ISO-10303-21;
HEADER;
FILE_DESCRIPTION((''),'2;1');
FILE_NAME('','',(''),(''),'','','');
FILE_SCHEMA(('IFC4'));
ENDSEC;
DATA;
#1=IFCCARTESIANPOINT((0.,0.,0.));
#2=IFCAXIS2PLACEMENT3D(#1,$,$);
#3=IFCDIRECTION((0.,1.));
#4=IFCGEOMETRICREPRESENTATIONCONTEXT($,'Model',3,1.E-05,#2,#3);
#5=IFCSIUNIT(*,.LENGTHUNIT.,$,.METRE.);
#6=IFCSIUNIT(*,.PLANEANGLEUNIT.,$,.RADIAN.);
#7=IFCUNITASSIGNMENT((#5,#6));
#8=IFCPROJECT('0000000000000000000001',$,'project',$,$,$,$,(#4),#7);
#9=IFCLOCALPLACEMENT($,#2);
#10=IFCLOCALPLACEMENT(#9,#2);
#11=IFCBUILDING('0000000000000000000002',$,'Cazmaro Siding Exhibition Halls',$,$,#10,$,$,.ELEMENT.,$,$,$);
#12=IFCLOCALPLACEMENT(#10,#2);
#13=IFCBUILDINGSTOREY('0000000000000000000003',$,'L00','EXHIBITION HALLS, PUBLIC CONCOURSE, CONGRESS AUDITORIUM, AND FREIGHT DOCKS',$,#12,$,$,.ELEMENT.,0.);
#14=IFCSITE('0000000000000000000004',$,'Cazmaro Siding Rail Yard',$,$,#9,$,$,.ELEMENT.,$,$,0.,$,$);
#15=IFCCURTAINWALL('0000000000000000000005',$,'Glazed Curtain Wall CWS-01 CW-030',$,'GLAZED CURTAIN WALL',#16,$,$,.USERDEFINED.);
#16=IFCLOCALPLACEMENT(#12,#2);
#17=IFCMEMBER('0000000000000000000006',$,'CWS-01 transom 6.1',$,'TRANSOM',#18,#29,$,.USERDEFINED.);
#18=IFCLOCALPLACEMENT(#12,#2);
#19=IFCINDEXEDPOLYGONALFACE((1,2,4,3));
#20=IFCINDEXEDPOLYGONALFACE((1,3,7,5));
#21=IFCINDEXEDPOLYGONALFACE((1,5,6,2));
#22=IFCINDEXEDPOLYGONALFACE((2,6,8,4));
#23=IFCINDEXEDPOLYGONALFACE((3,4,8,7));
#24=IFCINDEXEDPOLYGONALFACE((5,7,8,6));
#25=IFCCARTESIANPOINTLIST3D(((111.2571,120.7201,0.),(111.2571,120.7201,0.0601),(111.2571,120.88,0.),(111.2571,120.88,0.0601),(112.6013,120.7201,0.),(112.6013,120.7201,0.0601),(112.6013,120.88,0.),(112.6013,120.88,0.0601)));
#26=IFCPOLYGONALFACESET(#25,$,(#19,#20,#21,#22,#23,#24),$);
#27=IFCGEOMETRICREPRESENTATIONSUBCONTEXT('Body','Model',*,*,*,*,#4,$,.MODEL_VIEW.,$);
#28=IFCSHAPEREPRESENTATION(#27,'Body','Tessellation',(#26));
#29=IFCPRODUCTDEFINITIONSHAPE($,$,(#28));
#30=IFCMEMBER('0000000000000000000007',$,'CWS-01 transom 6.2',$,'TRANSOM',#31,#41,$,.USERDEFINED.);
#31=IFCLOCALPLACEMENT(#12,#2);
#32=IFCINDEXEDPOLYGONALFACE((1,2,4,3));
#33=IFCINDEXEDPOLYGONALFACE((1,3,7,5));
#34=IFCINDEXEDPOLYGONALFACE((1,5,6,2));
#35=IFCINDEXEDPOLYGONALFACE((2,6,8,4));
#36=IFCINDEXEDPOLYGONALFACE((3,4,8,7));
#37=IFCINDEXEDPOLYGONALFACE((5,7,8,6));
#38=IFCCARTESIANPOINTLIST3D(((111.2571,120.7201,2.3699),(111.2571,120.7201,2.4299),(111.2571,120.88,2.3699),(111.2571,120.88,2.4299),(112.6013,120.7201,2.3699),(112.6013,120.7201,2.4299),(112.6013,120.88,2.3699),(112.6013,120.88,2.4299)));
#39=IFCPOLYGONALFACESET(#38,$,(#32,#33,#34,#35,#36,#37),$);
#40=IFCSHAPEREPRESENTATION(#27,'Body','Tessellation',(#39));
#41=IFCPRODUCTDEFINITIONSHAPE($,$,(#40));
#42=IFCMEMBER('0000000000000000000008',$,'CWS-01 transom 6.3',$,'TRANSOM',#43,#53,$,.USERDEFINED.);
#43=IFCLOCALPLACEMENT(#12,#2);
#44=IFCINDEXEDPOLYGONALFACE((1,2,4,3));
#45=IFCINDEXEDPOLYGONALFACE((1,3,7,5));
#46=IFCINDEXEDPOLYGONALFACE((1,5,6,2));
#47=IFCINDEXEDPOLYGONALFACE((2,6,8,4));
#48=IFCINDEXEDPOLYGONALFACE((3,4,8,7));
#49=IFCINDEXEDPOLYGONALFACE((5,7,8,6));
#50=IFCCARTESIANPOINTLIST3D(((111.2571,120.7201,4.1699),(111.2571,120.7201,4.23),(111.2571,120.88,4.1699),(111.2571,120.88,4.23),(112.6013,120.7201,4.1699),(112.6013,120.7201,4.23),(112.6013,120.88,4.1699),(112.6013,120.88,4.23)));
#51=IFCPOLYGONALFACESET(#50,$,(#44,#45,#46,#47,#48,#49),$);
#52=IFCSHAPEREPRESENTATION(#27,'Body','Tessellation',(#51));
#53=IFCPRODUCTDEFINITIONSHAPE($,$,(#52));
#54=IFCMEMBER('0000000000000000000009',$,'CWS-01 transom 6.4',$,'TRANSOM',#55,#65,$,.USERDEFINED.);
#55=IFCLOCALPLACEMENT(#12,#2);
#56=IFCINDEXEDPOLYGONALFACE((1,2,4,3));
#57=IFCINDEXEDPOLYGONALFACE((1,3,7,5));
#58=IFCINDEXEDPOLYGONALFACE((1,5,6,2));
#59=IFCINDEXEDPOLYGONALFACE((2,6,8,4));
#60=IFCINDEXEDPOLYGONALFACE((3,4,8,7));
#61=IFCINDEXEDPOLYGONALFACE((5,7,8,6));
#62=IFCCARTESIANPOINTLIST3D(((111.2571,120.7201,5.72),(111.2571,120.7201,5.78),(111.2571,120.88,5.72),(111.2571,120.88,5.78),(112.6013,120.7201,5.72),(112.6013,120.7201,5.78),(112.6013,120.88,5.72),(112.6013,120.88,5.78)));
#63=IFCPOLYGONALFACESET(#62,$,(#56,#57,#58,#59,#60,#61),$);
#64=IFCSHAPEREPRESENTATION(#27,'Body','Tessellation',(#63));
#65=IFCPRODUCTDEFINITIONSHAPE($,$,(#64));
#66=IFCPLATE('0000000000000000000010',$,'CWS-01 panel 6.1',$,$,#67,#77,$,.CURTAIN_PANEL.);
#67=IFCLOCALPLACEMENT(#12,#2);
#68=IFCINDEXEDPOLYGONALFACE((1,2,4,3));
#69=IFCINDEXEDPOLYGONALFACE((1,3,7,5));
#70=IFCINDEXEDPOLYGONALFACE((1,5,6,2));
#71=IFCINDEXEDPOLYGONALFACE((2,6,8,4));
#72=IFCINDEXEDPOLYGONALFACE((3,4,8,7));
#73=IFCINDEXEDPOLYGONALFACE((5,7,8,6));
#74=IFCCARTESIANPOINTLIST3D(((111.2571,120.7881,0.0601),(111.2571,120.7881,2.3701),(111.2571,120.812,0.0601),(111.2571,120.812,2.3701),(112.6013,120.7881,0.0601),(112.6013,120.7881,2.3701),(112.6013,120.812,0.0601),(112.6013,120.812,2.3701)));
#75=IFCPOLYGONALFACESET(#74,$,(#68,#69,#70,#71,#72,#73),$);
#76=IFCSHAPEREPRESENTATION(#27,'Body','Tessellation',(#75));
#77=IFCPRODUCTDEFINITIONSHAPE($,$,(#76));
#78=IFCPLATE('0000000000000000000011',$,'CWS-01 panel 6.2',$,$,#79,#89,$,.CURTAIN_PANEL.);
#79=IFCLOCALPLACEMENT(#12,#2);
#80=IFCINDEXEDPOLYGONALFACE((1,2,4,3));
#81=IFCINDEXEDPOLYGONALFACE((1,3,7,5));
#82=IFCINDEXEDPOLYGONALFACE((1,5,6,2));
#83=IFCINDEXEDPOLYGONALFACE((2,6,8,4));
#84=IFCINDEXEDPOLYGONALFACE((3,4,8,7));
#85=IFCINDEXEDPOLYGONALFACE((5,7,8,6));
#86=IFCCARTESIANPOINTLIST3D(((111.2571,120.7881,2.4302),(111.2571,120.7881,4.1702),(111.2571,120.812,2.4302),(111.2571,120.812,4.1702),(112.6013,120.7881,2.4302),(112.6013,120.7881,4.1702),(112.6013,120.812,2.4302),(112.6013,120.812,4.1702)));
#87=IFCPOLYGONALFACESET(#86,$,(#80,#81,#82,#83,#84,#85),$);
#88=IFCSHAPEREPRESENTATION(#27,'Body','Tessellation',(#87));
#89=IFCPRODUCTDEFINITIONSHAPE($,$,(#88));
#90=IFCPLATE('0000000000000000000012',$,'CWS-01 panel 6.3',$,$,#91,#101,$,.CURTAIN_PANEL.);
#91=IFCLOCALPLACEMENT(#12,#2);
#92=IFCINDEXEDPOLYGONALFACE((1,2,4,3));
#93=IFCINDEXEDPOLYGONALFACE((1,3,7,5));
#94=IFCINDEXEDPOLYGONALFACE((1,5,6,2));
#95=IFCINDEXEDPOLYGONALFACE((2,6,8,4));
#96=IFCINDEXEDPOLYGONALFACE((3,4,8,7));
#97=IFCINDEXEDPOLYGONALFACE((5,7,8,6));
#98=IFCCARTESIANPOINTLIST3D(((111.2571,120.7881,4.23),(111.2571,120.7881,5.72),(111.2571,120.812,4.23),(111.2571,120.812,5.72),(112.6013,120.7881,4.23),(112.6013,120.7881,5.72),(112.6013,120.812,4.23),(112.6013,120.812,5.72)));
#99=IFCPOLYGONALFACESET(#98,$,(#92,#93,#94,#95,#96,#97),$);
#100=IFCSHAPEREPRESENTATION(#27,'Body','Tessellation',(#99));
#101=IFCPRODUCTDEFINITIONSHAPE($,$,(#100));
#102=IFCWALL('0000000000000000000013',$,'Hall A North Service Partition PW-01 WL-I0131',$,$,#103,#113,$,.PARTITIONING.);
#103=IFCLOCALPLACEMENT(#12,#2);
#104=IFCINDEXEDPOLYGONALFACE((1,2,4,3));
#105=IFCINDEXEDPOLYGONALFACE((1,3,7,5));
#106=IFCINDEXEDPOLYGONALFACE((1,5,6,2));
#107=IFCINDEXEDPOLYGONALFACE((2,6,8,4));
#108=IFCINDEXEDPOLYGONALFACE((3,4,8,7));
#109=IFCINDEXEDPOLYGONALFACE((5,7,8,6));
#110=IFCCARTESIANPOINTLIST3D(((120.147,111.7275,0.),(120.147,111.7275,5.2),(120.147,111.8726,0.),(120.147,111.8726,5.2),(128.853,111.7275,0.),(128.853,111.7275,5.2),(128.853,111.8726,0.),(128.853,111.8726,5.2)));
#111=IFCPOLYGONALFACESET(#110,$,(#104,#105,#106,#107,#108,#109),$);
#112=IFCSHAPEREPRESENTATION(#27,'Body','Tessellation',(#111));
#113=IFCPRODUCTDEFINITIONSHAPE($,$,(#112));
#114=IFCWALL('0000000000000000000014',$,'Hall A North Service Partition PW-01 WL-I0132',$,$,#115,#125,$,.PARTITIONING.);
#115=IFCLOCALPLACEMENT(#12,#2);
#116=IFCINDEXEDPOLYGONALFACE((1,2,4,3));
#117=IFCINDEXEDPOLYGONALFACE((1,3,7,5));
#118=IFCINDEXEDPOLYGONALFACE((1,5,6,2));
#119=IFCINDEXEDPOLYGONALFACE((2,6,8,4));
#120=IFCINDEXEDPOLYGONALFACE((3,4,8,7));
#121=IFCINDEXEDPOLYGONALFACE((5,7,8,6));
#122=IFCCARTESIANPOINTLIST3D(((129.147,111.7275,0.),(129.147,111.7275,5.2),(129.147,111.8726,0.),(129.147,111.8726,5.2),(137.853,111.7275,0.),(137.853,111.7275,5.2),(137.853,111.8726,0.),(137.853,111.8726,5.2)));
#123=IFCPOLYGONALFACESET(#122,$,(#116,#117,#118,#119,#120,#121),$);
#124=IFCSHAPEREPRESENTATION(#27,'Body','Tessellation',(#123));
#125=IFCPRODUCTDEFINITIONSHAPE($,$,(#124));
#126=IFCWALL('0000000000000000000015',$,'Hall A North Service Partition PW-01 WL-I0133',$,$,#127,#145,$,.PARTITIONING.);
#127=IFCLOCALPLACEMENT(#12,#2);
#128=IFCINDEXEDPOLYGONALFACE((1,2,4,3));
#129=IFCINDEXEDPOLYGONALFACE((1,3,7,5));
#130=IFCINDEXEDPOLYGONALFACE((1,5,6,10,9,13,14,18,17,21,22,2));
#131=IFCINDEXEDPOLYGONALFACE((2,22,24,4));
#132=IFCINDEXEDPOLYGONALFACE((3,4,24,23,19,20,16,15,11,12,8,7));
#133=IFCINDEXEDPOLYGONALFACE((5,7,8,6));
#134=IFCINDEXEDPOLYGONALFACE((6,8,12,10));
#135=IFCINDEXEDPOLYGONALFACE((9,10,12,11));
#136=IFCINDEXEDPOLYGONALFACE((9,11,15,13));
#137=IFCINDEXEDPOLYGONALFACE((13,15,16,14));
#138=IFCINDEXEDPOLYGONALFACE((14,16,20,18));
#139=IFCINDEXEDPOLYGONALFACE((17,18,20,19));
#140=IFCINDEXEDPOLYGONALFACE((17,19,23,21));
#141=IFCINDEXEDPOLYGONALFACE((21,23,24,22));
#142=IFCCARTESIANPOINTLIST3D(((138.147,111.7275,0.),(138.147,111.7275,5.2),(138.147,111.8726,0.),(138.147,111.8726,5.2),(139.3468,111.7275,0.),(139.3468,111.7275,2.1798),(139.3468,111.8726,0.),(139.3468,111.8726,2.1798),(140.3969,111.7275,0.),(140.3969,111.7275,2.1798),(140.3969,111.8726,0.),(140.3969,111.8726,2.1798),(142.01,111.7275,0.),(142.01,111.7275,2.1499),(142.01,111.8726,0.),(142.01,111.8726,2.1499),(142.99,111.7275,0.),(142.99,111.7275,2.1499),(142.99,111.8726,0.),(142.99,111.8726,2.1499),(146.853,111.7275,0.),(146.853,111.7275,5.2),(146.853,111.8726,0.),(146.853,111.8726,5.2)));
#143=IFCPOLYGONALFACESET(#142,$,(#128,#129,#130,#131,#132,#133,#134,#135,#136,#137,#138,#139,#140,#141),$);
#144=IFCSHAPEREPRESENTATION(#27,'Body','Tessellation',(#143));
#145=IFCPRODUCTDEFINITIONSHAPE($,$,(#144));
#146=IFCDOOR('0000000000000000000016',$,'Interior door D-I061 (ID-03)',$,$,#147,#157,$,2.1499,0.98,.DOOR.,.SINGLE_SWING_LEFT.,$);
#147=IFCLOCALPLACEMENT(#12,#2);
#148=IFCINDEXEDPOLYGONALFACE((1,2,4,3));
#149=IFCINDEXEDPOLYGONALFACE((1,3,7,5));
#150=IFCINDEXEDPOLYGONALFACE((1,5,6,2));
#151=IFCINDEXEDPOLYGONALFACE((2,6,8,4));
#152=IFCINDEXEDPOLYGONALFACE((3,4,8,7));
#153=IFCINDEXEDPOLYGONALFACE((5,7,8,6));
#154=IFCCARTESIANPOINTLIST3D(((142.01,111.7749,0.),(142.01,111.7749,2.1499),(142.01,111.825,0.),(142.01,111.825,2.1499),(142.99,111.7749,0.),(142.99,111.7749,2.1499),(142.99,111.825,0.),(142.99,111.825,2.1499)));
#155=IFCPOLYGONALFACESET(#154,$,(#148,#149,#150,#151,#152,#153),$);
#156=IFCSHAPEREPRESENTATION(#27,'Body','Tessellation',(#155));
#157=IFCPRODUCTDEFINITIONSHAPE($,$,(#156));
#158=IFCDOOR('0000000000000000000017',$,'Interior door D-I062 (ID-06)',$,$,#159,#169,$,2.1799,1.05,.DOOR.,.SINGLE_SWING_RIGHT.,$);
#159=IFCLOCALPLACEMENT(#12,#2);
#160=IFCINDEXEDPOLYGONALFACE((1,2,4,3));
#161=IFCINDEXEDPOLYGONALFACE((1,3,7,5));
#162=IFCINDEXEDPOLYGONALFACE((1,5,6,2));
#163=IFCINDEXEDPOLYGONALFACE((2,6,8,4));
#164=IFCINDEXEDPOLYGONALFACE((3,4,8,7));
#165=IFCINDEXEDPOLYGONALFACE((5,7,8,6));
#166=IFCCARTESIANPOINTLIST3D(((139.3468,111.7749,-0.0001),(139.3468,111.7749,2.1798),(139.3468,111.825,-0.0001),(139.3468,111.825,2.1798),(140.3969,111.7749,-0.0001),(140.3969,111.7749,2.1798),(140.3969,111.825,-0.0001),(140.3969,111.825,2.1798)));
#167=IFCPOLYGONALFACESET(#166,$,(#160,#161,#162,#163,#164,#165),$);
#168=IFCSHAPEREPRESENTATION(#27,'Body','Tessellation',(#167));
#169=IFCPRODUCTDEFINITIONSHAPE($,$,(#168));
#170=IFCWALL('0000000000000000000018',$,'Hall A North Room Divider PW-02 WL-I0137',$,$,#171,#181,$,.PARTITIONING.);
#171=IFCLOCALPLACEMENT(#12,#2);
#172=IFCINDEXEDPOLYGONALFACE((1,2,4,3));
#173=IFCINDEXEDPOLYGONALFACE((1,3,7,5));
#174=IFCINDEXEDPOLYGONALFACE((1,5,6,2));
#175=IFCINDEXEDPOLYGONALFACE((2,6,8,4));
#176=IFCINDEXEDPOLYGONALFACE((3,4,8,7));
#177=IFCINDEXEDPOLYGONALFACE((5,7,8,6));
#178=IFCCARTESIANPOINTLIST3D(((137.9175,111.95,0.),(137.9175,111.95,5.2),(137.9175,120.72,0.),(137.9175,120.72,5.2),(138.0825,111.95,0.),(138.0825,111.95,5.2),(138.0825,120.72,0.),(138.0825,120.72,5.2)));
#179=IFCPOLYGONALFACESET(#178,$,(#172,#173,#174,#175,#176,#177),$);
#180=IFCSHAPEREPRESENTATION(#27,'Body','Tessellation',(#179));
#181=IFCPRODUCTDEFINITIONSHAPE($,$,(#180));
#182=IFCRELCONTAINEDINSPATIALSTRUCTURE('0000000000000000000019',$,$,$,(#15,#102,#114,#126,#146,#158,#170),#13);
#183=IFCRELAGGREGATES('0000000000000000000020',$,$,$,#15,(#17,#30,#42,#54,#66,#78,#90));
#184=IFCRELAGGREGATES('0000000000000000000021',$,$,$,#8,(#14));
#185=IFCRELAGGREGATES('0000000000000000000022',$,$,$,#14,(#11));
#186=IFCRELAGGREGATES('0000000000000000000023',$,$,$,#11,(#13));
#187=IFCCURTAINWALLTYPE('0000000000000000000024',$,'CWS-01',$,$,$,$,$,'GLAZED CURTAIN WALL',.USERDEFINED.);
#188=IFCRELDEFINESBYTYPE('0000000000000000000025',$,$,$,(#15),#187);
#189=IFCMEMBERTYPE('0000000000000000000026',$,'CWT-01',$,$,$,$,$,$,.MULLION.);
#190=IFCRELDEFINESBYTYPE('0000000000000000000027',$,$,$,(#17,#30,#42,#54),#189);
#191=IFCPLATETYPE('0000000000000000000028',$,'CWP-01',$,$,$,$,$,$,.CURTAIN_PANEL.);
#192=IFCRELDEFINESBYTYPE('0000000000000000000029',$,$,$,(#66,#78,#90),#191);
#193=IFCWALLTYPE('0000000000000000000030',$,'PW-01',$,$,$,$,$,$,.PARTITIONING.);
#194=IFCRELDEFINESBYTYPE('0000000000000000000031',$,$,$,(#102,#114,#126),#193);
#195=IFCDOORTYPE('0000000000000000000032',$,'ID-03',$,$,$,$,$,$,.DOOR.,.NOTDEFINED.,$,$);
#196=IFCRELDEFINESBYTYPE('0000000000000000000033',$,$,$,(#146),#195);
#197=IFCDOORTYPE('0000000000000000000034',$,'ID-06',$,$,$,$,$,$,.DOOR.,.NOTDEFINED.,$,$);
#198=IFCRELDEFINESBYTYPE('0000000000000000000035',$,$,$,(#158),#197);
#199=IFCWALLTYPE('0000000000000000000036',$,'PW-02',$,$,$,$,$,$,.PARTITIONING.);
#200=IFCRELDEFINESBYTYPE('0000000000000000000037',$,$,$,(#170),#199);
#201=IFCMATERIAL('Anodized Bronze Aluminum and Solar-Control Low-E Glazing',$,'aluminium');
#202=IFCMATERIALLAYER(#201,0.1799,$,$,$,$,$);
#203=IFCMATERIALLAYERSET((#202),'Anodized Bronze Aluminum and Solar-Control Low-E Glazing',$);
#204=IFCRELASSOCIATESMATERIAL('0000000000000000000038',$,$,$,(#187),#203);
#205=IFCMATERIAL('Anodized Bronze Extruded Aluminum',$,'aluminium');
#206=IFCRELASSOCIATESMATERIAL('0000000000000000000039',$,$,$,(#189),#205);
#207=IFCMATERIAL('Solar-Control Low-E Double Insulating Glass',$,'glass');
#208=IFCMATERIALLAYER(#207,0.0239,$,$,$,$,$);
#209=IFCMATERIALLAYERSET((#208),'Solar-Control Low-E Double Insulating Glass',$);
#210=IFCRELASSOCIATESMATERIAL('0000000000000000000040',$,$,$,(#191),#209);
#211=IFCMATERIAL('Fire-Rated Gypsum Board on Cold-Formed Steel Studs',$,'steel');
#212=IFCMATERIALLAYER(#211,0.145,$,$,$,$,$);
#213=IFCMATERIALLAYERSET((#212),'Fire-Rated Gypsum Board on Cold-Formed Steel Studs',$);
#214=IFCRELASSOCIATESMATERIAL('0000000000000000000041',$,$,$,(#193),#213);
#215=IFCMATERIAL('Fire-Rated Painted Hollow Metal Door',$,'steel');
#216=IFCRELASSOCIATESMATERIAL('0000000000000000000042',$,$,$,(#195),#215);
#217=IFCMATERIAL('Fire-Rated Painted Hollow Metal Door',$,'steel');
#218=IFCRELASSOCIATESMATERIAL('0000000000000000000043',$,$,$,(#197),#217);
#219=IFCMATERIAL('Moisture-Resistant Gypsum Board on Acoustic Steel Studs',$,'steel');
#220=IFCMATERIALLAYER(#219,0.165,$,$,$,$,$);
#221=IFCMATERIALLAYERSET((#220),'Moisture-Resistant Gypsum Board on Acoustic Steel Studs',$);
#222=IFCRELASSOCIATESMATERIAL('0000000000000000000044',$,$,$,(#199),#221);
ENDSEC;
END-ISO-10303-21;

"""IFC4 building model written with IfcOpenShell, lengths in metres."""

from ifc_helpers import new_model, si_unit, direction, frame, frame_2d, origin, origin_2d, place, context, subcontext, project, spatial, rectangle, extrude, material, layer, layer_set, material_profile, profile_set, type_object, element, fill, aggregate, save


model = new_model("IFC4")

# Units and contexts
model_context = context("Model", 3, precision=1e-05, world=origin(), true_north=direction((0.0, 1.0)))
body_context = subcontext(model_context, "Body", "Model", "MODEL_VIEW")
ifc_project = project(units=[si_unit("LENGTHUNIT", "METRE"), si_unit("PLANEANGLEUNIT", "RADIAN")], contexts=[model_context])

# Site, building, storey
site_placement = place(None, origin())
site = spatial("IfcSite", under=ifc_project, at=site_placement, Name="Cazmaro Siding Rail Yard", CompositionType="ELEMENT", RefElevation=0.0)
building_placement = place(site_placement, origin())
building = spatial("IfcBuilding", under=site, at=building_placement, Name="Cazmaro Siding Exhibition Halls", CompositionType="ELEMENT")
storey_placement = place(building_placement, origin())
storey = spatial("IfcBuildingStorey", under=building, at=storey_placement, Name="L00", Description="EXHIBITION HALLS, PUBLIC CONCOURSE, CONGRESS AUDITORIUM, AND FREIGHT DOCKS", CompositionType="ELEMENT", Elevation=0.0)

# Curtain wall, members, plates
ifc_material_1 = material(Name="Anodized Bronze Aluminum and Solar-Control Low-E Glazing", Category="aluminium")
ifc_layer_1 = layer(ifc_material_1, 0.1799)
ifc_layer_set_1 = layer_set([ifc_layer_1], Name="Anodized Bronze Aluminum and Solar-Control Low-E Glazing")
curtain_wall_type = type_object("IfcCurtainWallType", Name="CWS-01", ElementType="GLAZED CURTAIN WALL", PredefinedType="USERDEFINED", material=ifc_layer_set_1)
curtain_wall_placement = place(storey_placement, origin())
curtain_wall = element("IfcCurtainWall", 1, at=curtain_wall_placement, inside=storey, type_object=curtain_wall_type, Name="Glazed Curtain Wall CWS-01 CW-030", ObjectType="GLAZED CURTAIN WALL", PredefinedType="USERDEFINED")
ifc_material_2 = material(Name="Anodized Bronze Extruded Aluminum", Category="aluminium")
ifc_material_profile_1 = material_profile(ifc_material_2, rectangle(XDim=0.1599, YDim=0.0601, at=origin_2d()), Name="CWT-01")
ifc_profile_set_1 = profile_set([ifc_material_profile_1], Name="Anodized Bronze Extruded Aluminum")
member_type_1 = type_object("IfcMemberType", Name="CWT-01", PredefinedType="MULLION", material=ifc_profile_set_1)
member_1_placement = place(storey_placement, frame((112.6013, 120.8, 0.03), z_axis=(-1.0, 0.0, 0.0), x_axis=(0.0, -1.0, 0.0)))
member_1 = element("IfcMember", 2, at=member_1_placement, type_object=member_type_1, Name="CWS-01 transom 6.1", ObjectType="TRANSOM", PredefinedType="USERDEFINED", context=body_context, shape_type="SweptSolid", body=[
    extrude(rectangle(XDim=0.1599, YDim=0.0601, at=origin_2d()), origin(), (0.0, 0.0, 1.0), 1.3442),
])
member_2_placement = place(storey_placement, frame((112.6013, 120.8, 2.3999), z_axis=(-1.0, 0.0, 0.0), x_axis=(0.0, -1.0, 0.0)))
member_2 = element("IfcMember", 3, at=member_2_placement, type_object=member_type_1, Name="CWS-01 transom 6.2", ObjectType="TRANSOM", PredefinedType="USERDEFINED", context=body_context, shape_type="SweptSolid", body=[
    extrude(rectangle(XDim=0.1599, YDim=0.0601, at=origin_2d()), origin(), (0.0, 0.0, 1.0), 1.3442),
])
member_3_placement = place(storey_placement, frame((112.6013, 120.8, 4.2), z_axis=(-1.0, 0.0, 0.0), x_axis=(0.0, -1.0, 0.0)))
member_3 = element("IfcMember", 4, at=member_3_placement, type_object=member_type_1, Name="CWS-01 transom 6.3", ObjectType="TRANSOM", PredefinedType="USERDEFINED", context=body_context, shape_type="SweptSolid", body=[
    extrude(rectangle(XDim=0.1599, YDim=0.0601, at=origin_2d()), origin(), (0.0, 0.0, 1.0), 1.3442),
])
member_4_placement = place(storey_placement, frame((112.6013, 120.8, 5.75), z_axis=(-1.0, 0.0, 0.0), x_axis=(0.0, -1.0, 0.0)))
member_4 = element("IfcMember", 5, at=member_4_placement, type_object=member_type_1, Name="CWS-01 transom 6.4", ObjectType="TRANSOM", PredefinedType="USERDEFINED", context=body_context, shape_type="SweptSolid", body=[
    extrude(rectangle(XDim=0.1599, YDim=0.0601, at=origin_2d()), origin(), (0.0, 0.0, 1.0), 1.3442),
])
ifc_material_3 = material(Name="Solar-Control Low-E Double Insulating Glass", Category="glass")
ifc_layer_2 = layer(ifc_material_3, 0.0239)
ifc_layer_set_2 = layer_set([ifc_layer_2], Name="Solar-Control Low-E Double Insulating Glass")
plate_type = type_object("IfcPlateType", Name="CWP-01", PredefinedType="CURTAIN_PANEL", material=ifc_layer_set_2)
plate_1_placement = place(storey_placement, frame((111.9292, 120.8, 0.0601), z_axis=(0.0, 0.0, 1.0), x_axis=(-1.0, 0.0, 0.0)))
plate_1 = element("IfcPlate", 6, at=plate_1_placement, type_object=plate_type, Name="CWS-01 panel 6.1", PredefinedType="CURTAIN_PANEL", context=body_context, shape_type="SweptSolid", body=[
    extrude(rectangle(XDim=1.3442, YDim=0.0239, at=origin_2d()), origin(), (0.0, 0.0, 1.0), 2.3101),
])
plate_2_placement = place(storey_placement, frame((111.9292, 120.8, 2.4302), z_axis=(0.0, 0.0, 1.0), x_axis=(-1.0, 0.0, 0.0)))
plate_2 = element("IfcPlate", 7, at=plate_2_placement, type_object=plate_type, Name="CWS-01 panel 6.2", PredefinedType="CURTAIN_PANEL", context=body_context, shape_type="SweptSolid", body=[
    extrude(rectangle(XDim=1.3442, YDim=0.0239, at=origin_2d()), origin(), (0.0, 0.0, 1.0), 1.74),
])
plate_3_placement = place(storey_placement, frame((111.9292, 120.8, 4.23), z_axis=(0.0, 0.0, 1.0), x_axis=(-1.0, 0.0, 0.0)))
plate_3 = element("IfcPlate", 8, at=plate_3_placement, type_object=plate_type, Name="CWS-01 panel 6.3", PredefinedType="CURTAIN_PANEL", context=body_context, shape_type="SweptSolid", body=[
    extrude(rectangle(XDim=1.3442, YDim=0.0239, at=origin_2d()), origin(), (0.0, 0.0, 1.0), 1.49),
])
aggregate(curtain_wall, [member_1, member_2, member_3, member_4, plate_1, plate_2, plate_3])

# Walls
ifc_material_4 = material(Name="Fire-Rated Gypsum Board on Cold-Formed Steel Studs", Category="steel")
ifc_layer_3 = layer(ifc_material_4, 0.145)
ifc_layer_set_3 = layer_set([ifc_layer_3], Name="Fire-Rated Gypsum Board on Cold-Formed Steel Studs")
wall_type_1 = type_object("IfcWallType", Name="PW-01", PredefinedType="PARTITIONING", material=ifc_layer_set_3)
for number, where, z_axis, x_axis, name in (
    (9, (120.147, 111.8, 0.0), (0.0, 0.0, 1.0), (1.0, 0.0, 0.0), "Hall A North Service Partition PW-01 WL-I0131"),
    (10, (129.147, 111.8, 0.0), (0.0, 0.0, 1.0), (1.0, 0.0, 0.0), "Hall A North Service Partition PW-01 WL-I0132"),
):
    element("IfcWall", number, at=place(storey_placement, frame(where, z_axis=z_axis, x_axis=x_axis)), inside=storey, type_object=wall_type_1, Name=name, PredefinedType="PARTITIONING", context=body_context, shape_type="SweptSolid", body=[
        extrude(rectangle(XDim=8.7061, YDim=0.145, at=frame_2d((4.353, 0.0))), origin(), (0.0, 0.0, 1.0), 5.2),
    ])

# Wall, openings, doors
wall_1_placement = place(storey_placement, frame((138.147, 111.8, 0.0), z_axis=(0.0, 0.0, 1.0), x_axis=(1.0, 0.0, 0.0)))
wall_1 = element("IfcWall", 11, at=wall_1_placement, inside=storey, type_object=wall_type_1, Name="Hall A North Service Partition PW-01 WL-I0133", PredefinedType="PARTITIONING", context=body_context, shape_type="SweptSolid", body=[
    extrude(rectangle(XDim=8.7061, YDim=0.145, at=frame_2d((4.353, 0.0))), origin(), (0.0, 0.0, 1.0), 5.2),
])
opening_1_placement = place(wall_1_placement, frame((3.863, 0.0, 0.0)))
opening_1 = element("IfcOpeningElement", 12, at=opening_1_placement, cuts=wall_1, PredefinedType="OPENING", context=body_context, shape_type="SweptSolid", body=[
    extrude(rectangle(XDim=0.98, YDim=2.1499, at=frame_2d((0.49, 1.075))), frame((0.0, 0.0825, 0.0), z_axis=(0.0, -1.0, 0.0), x_axis=(1.0, 0.0, 0.0)), (0.0, 0.0, 1.0), 0.165),
])
opening_2_placement = place(wall_1_placement, frame((1.2, 0.0, 0.0)))
opening_2 = element("IfcOpeningElement", 13, at=opening_2_placement, cuts=wall_1, PredefinedType="OPENING", context=body_context, shape_type="SweptSolid", body=[
    extrude(rectangle(XDim=1.05, YDim=2.1799, at=frame_2d((0.5249, 1.0898))), frame((0.0, 0.0825, 0.0), z_axis=(0.0, -1.0, 0.0), x_axis=(1.0, 0.0, 0.0)), (0.0, 0.0, 1.0), 0.165),
])
ifc_material_5 = material(Name="Fire-Rated Painted Hollow Metal Door", Category="steel")
door_type_1 = type_object("IfcDoorType", Name="ID-03", OperationType="NOTDEFINED", PredefinedType="DOOR", material=ifc_material_5)
door_1_placement = place(opening_1_placement, origin())
door_1 = element("IfcDoor", 14, at=door_1_placement, inside=storey, type_object=door_type_1, Name="Interior door D-I061 (ID-03)", OperationType="SINGLE_SWING_LEFT", OverallHeight=2.1499, OverallWidth=0.98, PredefinedType="DOOR", context=body_context, shape_type="SweptSolid", body=[
    extrude(rectangle(XDim=0.98, YDim=2.1499, at=frame_2d((0.49, 1.075))), frame((0.0, 0.0249, 0.0), z_axis=(0.0, -1.0, 0.0), x_axis=(1.0, 0.0, 0.0)), (0.0, 0.0, 1.0), 0.05),
])
fill(opening_1, door_1)
ifc_material_6 = material(Name="Fire-Rated Painted Hollow Metal Door", Category="steel")
door_type_2 = type_object("IfcDoorType", Name="ID-06", OperationType="NOTDEFINED", PredefinedType="DOOR", material=ifc_material_6)
door_2_placement = place(opening_2_placement, origin())
door_2 = element("IfcDoor", 15, at=door_2_placement, inside=storey, type_object=door_type_2, Name="Interior door D-I062 (ID-06)", OperationType="SINGLE_SWING_RIGHT", OverallHeight=2.1799, OverallWidth=1.05, PredefinedType="DOOR", context=body_context, shape_type="SweptSolid", body=[
    extrude(rectangle(XDim=1.05, YDim=2.1799, at=frame_2d((0.5249, 1.0898))), frame((0.0, 0.0249, 0.0), z_axis=(0.0, -1.0, 0.0), x_axis=(1.0, 0.0, 0.0)), (0.0, 0.0, 1.0), 0.05),
])
fill(opening_2, door_2)

# Wall
ifc_material_7 = material(Name="Moisture-Resistant Gypsum Board on Acoustic Steel Studs", Category="steel")
ifc_layer_4 = layer(ifc_material_7, 0.165)
ifc_layer_set_4 = layer_set([ifc_layer_4], Name="Moisture-Resistant Gypsum Board on Acoustic Steel Studs")
wall_type_2 = type_object("IfcWallType", Name="PW-02", PredefinedType="PARTITIONING", material=ifc_layer_set_4)
wall_2_placement = place(storey_placement, frame((138.0, 111.95, 0.0), z_axis=(0.0, 0.0, 1.0), x_axis=(0.0, 1.0, 0.0)))
element("IfcWall", 16, at=wall_2_placement, inside=storey, type_object=wall_type_2, Name="Hall A North Room Divider PW-02 WL-I0137", PredefinedType="PARTITIONING", context=body_context, shape_type="SweptSolid", body=[
    extrude(rectangle(XDim=8.77, YDim=0.165, at=frame_2d((4.385, 0.0))), origin(), (0.0, 0.0, 1.0), 5.2),
])

save(model, "model.ifc")
